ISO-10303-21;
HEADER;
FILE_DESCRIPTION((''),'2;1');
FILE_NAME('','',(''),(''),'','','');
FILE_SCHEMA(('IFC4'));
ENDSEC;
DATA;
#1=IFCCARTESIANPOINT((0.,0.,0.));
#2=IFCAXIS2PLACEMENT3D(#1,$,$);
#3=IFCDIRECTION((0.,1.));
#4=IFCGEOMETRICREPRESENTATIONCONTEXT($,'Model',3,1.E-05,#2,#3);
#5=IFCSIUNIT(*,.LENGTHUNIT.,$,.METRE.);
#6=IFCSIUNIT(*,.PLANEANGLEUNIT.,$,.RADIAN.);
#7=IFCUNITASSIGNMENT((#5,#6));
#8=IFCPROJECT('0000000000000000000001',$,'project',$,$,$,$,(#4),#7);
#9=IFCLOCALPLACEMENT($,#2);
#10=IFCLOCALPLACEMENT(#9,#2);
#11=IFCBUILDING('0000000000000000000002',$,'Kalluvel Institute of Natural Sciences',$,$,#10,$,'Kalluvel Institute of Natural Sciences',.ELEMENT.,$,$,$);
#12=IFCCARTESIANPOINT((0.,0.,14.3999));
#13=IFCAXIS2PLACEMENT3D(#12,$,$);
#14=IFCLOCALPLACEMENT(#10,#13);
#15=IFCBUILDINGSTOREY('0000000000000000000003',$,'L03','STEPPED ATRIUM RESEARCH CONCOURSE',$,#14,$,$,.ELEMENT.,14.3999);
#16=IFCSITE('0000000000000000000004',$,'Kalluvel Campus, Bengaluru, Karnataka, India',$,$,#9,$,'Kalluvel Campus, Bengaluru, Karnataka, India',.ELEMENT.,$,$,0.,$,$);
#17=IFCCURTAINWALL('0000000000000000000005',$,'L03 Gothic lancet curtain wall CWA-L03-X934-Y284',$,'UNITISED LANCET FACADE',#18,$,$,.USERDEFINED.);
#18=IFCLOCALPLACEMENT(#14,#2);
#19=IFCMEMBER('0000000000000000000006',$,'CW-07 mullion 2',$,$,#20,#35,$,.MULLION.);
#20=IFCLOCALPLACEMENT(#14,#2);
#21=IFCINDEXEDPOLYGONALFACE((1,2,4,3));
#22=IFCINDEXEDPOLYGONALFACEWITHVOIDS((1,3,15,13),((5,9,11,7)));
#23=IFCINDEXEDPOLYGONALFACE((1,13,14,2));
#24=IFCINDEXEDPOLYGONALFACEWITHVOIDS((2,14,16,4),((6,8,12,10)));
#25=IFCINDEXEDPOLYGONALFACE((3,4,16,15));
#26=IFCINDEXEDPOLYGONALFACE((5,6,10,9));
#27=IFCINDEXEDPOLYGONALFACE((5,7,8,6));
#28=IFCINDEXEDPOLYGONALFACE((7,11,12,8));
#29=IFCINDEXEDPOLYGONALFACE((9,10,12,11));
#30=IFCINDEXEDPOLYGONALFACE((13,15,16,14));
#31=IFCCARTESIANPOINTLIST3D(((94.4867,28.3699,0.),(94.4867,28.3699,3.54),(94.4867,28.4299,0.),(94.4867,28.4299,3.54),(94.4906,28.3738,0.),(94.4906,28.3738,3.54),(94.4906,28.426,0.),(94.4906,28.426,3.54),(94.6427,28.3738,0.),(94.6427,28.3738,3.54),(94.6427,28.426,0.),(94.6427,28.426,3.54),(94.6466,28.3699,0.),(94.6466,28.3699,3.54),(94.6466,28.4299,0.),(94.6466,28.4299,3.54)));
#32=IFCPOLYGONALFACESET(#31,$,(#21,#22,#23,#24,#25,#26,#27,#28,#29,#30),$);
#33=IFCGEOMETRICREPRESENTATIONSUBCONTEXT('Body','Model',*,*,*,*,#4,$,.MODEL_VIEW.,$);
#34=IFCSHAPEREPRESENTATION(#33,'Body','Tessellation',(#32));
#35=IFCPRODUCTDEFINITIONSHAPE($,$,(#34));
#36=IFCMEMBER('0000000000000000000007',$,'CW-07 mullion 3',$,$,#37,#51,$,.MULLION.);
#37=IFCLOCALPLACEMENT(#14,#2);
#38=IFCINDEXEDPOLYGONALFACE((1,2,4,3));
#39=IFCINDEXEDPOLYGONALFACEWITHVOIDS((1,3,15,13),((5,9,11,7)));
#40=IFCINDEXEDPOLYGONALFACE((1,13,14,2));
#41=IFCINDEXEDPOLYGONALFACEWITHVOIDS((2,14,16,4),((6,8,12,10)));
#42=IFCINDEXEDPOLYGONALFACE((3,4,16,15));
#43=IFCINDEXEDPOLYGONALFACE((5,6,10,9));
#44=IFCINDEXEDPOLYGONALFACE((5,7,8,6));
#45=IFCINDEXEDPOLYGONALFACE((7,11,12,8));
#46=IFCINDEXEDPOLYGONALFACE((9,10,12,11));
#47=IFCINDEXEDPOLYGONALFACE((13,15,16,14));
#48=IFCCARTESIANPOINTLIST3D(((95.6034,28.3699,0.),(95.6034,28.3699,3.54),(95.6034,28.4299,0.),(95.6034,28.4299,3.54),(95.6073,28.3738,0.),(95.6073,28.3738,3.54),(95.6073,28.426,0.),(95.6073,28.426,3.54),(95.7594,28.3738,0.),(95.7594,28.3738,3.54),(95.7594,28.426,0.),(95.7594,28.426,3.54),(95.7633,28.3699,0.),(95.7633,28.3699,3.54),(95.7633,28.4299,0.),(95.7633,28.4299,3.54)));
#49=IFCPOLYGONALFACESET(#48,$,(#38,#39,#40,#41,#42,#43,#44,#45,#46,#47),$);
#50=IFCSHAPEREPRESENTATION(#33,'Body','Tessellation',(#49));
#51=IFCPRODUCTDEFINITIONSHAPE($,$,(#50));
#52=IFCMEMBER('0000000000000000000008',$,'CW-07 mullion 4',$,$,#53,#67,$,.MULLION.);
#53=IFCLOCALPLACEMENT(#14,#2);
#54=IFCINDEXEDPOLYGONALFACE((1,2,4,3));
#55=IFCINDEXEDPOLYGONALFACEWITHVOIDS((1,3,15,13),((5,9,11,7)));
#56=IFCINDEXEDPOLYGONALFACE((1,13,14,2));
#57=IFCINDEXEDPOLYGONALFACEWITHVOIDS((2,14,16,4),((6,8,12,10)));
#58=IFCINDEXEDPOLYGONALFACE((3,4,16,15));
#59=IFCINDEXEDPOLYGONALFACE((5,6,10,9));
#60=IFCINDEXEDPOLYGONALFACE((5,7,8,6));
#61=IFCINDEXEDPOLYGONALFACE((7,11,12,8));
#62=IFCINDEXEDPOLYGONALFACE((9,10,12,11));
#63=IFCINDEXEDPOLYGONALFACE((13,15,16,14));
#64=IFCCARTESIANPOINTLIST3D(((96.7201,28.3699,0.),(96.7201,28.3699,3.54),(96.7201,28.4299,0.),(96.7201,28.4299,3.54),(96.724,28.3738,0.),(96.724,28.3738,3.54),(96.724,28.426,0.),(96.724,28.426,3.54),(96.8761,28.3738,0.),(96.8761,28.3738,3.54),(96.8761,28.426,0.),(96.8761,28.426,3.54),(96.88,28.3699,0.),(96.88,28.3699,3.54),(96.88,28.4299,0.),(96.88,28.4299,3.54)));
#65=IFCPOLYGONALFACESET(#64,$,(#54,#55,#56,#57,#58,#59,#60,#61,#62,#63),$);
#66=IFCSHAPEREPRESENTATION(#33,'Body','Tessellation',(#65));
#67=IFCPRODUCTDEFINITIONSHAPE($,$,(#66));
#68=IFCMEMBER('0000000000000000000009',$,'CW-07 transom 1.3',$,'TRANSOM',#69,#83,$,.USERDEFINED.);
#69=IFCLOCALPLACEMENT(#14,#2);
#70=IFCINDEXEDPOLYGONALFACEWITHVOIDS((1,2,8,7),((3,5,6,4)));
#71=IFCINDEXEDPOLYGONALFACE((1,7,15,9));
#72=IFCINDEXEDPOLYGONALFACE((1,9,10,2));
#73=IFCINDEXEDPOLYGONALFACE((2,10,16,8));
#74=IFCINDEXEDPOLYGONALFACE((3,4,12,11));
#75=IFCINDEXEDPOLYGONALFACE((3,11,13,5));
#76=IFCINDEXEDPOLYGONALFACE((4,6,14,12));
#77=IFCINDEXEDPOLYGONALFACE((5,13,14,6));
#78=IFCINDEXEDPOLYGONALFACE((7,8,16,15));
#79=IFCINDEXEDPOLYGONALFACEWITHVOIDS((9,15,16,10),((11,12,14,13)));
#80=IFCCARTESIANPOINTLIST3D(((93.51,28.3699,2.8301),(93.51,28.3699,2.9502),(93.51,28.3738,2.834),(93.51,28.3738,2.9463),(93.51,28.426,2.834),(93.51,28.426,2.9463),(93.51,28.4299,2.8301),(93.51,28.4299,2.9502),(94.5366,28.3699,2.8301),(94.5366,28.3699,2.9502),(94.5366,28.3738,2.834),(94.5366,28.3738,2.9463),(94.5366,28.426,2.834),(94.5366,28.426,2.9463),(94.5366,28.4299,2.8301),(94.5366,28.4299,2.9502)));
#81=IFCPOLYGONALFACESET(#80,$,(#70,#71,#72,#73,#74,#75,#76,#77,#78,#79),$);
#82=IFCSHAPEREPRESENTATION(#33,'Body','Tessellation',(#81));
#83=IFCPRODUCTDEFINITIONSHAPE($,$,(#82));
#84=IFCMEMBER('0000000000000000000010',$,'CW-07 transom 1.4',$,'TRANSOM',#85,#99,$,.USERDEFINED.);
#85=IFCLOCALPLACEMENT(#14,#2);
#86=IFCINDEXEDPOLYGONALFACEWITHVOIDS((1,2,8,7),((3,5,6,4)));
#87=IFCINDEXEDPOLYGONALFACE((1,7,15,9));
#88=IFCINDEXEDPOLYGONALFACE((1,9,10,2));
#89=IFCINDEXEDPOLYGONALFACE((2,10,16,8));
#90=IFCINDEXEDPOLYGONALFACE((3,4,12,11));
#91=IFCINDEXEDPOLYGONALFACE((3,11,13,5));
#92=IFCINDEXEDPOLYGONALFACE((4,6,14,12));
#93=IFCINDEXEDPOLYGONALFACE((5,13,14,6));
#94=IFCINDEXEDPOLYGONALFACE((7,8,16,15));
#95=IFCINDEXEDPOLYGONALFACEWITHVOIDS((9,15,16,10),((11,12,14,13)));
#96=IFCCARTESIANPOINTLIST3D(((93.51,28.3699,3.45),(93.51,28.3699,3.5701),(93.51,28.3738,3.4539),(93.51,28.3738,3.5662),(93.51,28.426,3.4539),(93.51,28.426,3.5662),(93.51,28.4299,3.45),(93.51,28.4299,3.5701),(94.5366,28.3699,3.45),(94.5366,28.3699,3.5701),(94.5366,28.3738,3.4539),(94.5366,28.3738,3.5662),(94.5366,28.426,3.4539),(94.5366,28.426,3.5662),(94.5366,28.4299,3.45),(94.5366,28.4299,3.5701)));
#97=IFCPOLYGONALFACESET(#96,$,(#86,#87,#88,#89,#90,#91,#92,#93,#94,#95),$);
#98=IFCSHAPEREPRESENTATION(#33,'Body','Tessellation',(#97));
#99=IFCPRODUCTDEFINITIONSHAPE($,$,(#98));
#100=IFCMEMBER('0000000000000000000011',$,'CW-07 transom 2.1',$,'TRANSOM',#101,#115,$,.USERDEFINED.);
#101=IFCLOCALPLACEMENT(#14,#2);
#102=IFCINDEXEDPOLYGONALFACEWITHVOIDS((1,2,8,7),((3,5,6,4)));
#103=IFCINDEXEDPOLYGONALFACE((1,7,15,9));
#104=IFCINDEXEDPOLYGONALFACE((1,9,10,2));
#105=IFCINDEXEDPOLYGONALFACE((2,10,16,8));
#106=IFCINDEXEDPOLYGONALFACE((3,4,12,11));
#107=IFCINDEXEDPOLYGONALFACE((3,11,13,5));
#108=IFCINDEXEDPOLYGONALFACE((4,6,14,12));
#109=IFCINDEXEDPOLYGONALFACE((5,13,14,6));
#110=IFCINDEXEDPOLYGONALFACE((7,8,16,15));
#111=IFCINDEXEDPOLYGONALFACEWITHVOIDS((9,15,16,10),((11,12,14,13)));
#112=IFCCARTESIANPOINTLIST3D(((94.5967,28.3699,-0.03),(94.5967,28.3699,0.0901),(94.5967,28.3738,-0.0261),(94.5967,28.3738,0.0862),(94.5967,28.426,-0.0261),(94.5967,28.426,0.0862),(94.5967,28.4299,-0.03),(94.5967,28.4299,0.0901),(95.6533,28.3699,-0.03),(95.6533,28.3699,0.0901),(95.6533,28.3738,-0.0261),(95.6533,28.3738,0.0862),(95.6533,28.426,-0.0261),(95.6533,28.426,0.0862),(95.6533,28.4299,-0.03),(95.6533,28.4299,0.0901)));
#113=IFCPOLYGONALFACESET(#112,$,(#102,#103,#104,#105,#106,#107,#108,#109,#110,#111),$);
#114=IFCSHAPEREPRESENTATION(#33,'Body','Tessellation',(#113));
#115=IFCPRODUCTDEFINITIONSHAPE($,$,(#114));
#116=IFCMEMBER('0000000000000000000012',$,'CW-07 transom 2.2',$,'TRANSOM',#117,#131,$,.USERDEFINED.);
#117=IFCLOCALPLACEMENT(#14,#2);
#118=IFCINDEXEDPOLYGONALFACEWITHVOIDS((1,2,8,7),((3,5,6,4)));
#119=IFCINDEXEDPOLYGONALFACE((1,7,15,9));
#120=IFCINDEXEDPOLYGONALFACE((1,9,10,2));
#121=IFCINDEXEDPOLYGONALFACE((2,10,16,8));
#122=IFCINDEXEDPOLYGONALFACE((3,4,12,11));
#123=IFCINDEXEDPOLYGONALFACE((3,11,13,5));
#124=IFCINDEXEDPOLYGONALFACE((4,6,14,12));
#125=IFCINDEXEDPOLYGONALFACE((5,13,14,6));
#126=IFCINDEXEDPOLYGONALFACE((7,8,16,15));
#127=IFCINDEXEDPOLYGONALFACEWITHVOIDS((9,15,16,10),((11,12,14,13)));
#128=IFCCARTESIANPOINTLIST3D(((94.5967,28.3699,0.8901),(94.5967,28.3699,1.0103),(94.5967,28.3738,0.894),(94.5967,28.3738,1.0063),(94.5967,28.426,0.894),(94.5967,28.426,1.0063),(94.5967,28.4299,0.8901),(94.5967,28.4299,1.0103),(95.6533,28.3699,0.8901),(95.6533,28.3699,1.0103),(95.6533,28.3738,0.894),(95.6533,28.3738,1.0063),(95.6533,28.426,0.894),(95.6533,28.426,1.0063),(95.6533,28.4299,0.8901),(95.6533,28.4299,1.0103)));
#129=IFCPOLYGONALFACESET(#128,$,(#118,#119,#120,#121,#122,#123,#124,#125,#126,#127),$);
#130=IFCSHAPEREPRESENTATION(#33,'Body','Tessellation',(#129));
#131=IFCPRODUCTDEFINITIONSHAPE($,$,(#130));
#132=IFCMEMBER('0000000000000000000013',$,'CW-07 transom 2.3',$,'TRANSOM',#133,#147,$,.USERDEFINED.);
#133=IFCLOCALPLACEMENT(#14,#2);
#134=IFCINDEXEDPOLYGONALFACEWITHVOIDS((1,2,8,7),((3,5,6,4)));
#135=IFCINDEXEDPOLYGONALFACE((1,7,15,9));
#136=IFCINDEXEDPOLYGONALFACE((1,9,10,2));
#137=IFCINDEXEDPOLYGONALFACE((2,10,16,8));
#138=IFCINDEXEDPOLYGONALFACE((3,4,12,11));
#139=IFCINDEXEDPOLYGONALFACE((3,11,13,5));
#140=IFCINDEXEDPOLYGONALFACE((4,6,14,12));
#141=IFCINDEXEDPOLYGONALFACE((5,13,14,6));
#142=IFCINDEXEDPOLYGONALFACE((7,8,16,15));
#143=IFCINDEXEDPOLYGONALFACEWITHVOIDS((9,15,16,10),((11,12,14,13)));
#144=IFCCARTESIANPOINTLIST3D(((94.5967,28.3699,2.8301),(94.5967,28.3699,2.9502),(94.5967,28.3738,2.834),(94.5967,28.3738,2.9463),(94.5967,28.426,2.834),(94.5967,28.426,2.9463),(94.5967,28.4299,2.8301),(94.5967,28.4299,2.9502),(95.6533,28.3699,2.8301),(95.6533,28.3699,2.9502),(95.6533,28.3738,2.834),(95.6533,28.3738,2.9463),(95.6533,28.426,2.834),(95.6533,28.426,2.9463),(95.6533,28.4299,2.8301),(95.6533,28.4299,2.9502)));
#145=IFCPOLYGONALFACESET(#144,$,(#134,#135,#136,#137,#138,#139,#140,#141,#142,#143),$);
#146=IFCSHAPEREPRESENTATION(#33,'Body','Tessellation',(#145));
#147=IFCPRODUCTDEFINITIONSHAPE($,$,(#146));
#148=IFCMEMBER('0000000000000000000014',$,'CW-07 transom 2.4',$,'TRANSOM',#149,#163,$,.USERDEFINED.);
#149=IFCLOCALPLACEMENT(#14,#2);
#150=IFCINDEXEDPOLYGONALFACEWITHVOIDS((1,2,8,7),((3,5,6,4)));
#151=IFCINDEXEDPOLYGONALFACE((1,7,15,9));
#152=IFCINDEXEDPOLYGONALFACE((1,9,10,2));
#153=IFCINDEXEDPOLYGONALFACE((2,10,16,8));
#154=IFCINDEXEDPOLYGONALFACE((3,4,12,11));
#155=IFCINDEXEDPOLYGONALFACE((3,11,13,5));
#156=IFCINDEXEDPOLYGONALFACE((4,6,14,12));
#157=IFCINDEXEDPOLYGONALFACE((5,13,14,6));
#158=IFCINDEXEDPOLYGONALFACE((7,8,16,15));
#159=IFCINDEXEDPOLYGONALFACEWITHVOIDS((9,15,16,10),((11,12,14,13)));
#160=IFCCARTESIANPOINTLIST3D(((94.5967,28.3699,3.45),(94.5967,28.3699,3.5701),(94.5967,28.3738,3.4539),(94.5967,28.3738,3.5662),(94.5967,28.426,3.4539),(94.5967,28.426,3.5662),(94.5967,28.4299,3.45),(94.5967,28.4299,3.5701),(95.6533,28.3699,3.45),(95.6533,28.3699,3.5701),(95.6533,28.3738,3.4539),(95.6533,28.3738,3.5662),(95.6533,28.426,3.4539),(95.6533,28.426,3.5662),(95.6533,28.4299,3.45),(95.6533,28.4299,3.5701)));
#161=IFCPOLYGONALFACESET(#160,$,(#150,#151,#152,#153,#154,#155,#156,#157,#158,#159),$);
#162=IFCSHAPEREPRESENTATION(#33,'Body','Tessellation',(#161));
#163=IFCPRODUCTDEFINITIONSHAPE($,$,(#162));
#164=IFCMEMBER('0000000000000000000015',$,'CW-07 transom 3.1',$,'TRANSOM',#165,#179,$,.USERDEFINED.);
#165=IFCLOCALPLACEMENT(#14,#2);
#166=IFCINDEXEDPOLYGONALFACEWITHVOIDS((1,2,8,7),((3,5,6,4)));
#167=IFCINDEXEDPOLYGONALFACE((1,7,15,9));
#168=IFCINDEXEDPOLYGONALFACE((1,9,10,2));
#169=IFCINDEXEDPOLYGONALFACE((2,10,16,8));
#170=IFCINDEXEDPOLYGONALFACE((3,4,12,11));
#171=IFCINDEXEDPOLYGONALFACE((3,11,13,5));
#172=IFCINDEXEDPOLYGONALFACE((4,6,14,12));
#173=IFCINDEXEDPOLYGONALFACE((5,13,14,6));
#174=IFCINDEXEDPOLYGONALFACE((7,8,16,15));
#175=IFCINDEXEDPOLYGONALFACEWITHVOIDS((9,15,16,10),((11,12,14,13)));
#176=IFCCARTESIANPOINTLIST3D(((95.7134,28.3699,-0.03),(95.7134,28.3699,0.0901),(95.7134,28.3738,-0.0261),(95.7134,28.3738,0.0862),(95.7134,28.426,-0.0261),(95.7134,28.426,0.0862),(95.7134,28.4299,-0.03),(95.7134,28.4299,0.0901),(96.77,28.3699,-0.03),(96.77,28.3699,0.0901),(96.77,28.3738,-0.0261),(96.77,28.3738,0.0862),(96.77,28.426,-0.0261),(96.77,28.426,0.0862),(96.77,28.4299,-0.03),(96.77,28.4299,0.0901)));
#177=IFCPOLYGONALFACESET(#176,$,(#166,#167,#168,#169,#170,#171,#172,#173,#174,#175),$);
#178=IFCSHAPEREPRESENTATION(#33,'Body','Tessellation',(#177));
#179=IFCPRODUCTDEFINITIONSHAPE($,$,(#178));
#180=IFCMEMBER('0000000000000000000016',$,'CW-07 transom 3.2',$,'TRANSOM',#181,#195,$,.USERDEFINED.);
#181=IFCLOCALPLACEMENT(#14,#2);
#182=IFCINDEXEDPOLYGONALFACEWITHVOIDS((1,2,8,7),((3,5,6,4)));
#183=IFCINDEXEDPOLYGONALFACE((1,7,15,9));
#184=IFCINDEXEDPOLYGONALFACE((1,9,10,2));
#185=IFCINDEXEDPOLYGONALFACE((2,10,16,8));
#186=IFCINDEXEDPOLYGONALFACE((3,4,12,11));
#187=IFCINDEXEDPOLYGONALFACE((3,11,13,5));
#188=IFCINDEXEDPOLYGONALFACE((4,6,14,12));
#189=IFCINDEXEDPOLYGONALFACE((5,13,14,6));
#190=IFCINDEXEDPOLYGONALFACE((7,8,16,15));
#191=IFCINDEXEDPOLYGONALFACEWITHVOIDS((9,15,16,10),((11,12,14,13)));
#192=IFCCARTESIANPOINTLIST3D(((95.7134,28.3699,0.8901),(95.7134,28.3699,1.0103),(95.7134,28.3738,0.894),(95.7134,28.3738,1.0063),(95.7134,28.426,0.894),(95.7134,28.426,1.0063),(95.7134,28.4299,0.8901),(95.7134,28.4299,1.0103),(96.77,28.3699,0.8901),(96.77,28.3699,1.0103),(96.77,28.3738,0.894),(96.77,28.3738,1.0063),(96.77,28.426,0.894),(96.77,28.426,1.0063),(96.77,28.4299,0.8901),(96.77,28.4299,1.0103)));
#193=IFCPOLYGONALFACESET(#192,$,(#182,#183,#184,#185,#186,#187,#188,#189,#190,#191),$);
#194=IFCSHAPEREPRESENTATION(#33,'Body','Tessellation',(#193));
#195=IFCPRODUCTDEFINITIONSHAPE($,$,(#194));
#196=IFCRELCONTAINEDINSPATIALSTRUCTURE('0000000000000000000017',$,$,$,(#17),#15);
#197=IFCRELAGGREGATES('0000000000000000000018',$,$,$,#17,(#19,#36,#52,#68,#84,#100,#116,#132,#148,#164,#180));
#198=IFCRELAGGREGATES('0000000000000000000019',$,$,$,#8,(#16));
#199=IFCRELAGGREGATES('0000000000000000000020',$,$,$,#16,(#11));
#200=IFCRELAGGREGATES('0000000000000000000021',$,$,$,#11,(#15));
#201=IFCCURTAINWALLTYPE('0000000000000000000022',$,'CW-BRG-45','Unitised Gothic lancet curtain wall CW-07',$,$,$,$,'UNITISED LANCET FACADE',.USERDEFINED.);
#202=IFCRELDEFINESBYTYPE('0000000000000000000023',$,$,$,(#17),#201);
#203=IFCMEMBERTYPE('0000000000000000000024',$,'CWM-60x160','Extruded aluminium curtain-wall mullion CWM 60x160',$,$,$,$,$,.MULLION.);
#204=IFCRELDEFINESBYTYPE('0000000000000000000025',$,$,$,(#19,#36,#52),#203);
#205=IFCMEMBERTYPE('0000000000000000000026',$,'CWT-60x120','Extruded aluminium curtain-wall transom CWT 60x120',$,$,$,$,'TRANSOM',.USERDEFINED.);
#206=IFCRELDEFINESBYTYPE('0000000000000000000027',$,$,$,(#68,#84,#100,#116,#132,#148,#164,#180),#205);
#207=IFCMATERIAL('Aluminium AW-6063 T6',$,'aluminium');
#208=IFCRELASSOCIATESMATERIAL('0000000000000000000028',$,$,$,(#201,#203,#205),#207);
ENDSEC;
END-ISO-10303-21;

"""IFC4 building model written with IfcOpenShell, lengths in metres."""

from ifc_helpers import new_model, si_unit, direction, frame, origin, origin_2d, place, context, subcontext, project, spatial, hollow_rectangle, extrude, material, material_profile, profile_set, type_object, element, aggregate, save


model = new_model("IFC4")

# Units and contexts
model_context = context("Model", 3, precision=1e-05, world=origin(), true_north=direction((0.0, 1.0)))
body_context = subcontext(model_context, "Body", "Model", "MODEL_VIEW")
ifc_project = project(units=[si_unit("LENGTHUNIT", "METRE"), si_unit("PLANEANGLEUNIT", "RADIAN")], contexts=[model_context])

# Site, building, storey
site_placement = place(None, origin())
site = spatial("IfcSite", under=ifc_project, at=site_placement, Name="Kalluvel Campus, Bengaluru, Karnataka, India", LongName="Kalluvel Campus, Bengaluru, Karnataka, India", CompositionType="ELEMENT", RefElevation=0.0)
building_placement = place(site_placement, origin())
building = spatial("IfcBuilding", under=site, at=building_placement, Name="Kalluvel Institute of Natural Sciences", LongName="Kalluvel Institute of Natural Sciences", CompositionType="ELEMENT")
storey_placement = place(building_placement, frame((0.0, 0.0, 14.3999)))
storey = spatial("IfcBuildingStorey", under=building, at=storey_placement, Name="L03", Description="STEPPED ATRIUM RESEARCH CONCOURSE", CompositionType="ELEMENT", Elevation=14.3999)

# Curtain wall, members
ifc_material_1 = material(Name="Aluminium AW-6063 T6", Category="aluminium")
curtain_wall_type = type_object("IfcCurtainWallType", Name="CW-BRG-45", Description="Unitised Gothic lancet curtain wall CW-07", ElementType="UNITISED LANCET FACADE", PredefinedType="USERDEFINED", material=ifc_material_1)
curtain_wall_placement = place(storey_placement, origin())
curtain_wall = element("IfcCurtainWall", 1, at=curtain_wall_placement, inside=storey, type_object=curtain_wall_type, Name="L03 Gothic lancet curtain wall CWA-L03-X934-Y284", ObjectType="UNITISED LANCET FACADE", PredefinedType="USERDEFINED")
ifc_material_profile_1 = material_profile(ifc_material_1, hollow_rectangle(XDim=0.0601, YDim=0.1599, WallThickness=0.0039, at=origin_2d()), Name="CWM 60x160")
ifc_profile_set_1 = profile_set([ifc_material_profile_1], Name="Aluminium AW-6063 T6")
member_type_1 = type_object("IfcMemberType", Name="CWM-60x160", Description="Extruded aluminium curtain-wall mullion CWM 60x160", PredefinedType="MULLION", material=ifc_profile_set_1)
member_1_placement = place(storey_placement, frame((94.5667, 28.3999, 0.0), z_axis=(0.0, 0.0, 1.0), x_axis=(0.0, 1.0, 0.0)))
member_1 = element("IfcMember", 2, at=member_1_placement, type_object=member_type_1, Name="CW-07 mullion 2", PredefinedType="MULLION", context=body_context, shape_type="SweptSolid", body=[
    extrude(hollow_rectangle(XDim=0.0601, YDim=0.1599, WallThickness=0.0039, at=origin_2d()), origin(), (0.0, 0.0, 1.0), 3.54),
])
member_2_placement = place(storey_placement, frame((95.6833, 28.3999, 0.0), z_axis=(0.0, 0.0, 1.0), x_axis=(0.0, 1.0, 0.0)))
member_2 = element("IfcMember", 3, at=member_2_placement, type_object=member_type_1, Name="CW-07 mullion 3", PredefinedType="MULLION", context=body_context, shape_type="SweptSolid", body=[
    extrude(hollow_rectangle(XDim=0.0601, YDim=0.1599, WallThickness=0.0039, at=origin_2d()), origin(), (0.0, 0.0, 1.0), 3.54),
])
member_3_placement = place(storey_placement, frame((96.8, 28.3999, 0.0), z_axis=(0.0, 0.0, 1.0), x_axis=(0.0, 1.0, 0.0)))
member_3 = element("IfcMember", 4, at=member_3_placement, type_object=member_type_1, Name="CW-07 mullion 4", PredefinedType="MULLION", context=body_context, shape_type="SweptSolid", body=[
    extrude(hollow_rectangle(XDim=0.0601, YDim=0.1599, WallThickness=0.0039, at=origin_2d()), origin(), (0.0, 0.0, 1.0), 3.54),
])
ifc_material_profile_2 = material_profile(ifc_material_1, hollow_rectangle(XDim=0.0601, YDim=0.1201, WallThickness=0.0039, at=origin_2d()), Name="CWT 60x120")
ifc_profile_set_2 = profile_set([ifc_material_profile_2], Name="Aluminium AW-6063 T6")
member_type_2 = type_object("IfcMemberType", Name="CWT-60x120", Description="Extruded aluminium curtain-wall transom CWT 60x120", ElementType="TRANSOM", PredefinedType="USERDEFINED", material=ifc_profile_set_2)
member_4_placement = place(storey_placement, frame((93.51, 28.3999, 2.8901), z_axis=(1.0, 0.0, 0.0), x_axis=(0.0, 1.0, 0.0)))
member_4 = element("IfcMember", 5, at=member_4_placement, type_object=member_type_2, Name="CW-07 transom 1.3", ObjectType="TRANSOM", PredefinedType="USERDEFINED", context=body_context, shape_type="SweptSolid", body=[
    extrude(hollow_rectangle(XDim=0.0601, YDim=0.1201, WallThickness=0.0039, at=origin_2d()), origin(), (0.0, 0.0, 1.0), 1.0266),
])
member_5_placement = place(storey_placement, frame((93.51, 28.3999, 3.51), z_axis=(1.0, 0.0, 0.0), x_axis=(0.0, 1.0, 0.0)))
member_5 = element("IfcMember", 6, at=member_5_placement, type_object=member_type_2, Name="CW-07 transom 1.4", ObjectType="TRANSOM", PredefinedType="USERDEFINED", context=body_context, shape_type="SweptSolid", body=[
    extrude(hollow_rectangle(XDim=0.0601, YDim=0.1201, WallThickness=0.0039, at=origin_2d()), origin(), (0.0, 0.0, 1.0), 1.0266),
])
member_6_placement = place(storey_placement, frame((94.5967, 28.3999, 0.03), z_axis=(1.0, 0.0, 0.0), x_axis=(0.0, 1.0, 0.0)))
member_6 = element("IfcMember", 7, at=member_6_placement, type_object=member_type_2, Name="CW-07 transom 2.1", ObjectType="TRANSOM", PredefinedType="USERDEFINED", context=body_context, shape_type="SweptSolid", body=[
    extrude(hollow_rectangle(XDim=0.0601, YDim=0.1201, WallThickness=0.0039, at=origin_2d()), origin(), (0.0, 0.0, 1.0), 1.0566),
])
member_7_placement = place(storey_placement, frame((94.5967, 28.3999, 0.9502), z_axis=(1.0, 0.0, 0.0), x_axis=(0.0, 1.0, 0.0)))
member_7 = element("IfcMember", 8, at=member_7_placement, type_object=member_type_2, Name="CW-07 transom 2.2", ObjectType="TRANSOM", PredefinedType="USERDEFINED", context=body_context, shape_type="SweptSolid", body=[
    extrude(hollow_rectangle(XDim=0.0601, YDim=0.1201, WallThickness=0.0039, at=origin_2d()), origin(), (0.0, 0.0, 1.0), 1.0566),
])
member_8_placement = place(storey_placement, frame((94.5967, 28.3999, 2.8901), z_axis=(1.0, 0.0, 0.0), x_axis=(0.0, 1.0, 0.0)))
member_8 = element("IfcMember", 9, at=member_8_placement, type_object=member_type_2, Name="CW-07 transom 2.3", ObjectType="TRANSOM", PredefinedType="USERDEFINED", context=body_context, shape_type="SweptSolid", body=[
    extrude(hollow_rectangle(XDim=0.0601, YDim=0.1201, WallThickness=0.0039, at=origin_2d()), origin(), (0.0, 0.0, 1.0), 1.0566),
])
member_9_placement = place(storey_placement, frame((94.5967, 28.3999, 3.51), z_axis=(1.0, 0.0, 0.0), x_axis=(0.0, 1.0, 0.0)))
member_9 = element("IfcMember", 10, at=member_9_placement, type_object=member_type_2, Name="CW-07 transom 2.4", ObjectType="TRANSOM", PredefinedType="USERDEFINED", context=body_context, shape_type="SweptSolid", body=[
    extrude(hollow_rectangle(XDim=0.0601, YDim=0.1201, WallThickness=0.0039, at=origin_2d()), origin(), (0.0, 0.0, 1.0), 1.0566),
])
member_10_placement = place(storey_placement, frame((95.7134, 28.3999, 0.03), z_axis=(1.0, 0.0, 0.0), x_axis=(0.0, 1.0, 0.0)))
member_10 = element("IfcMember", 11, at=member_10_placement, type_object=member_type_2, Name="CW-07 transom 3.1", ObjectType="TRANSOM", PredefinedType="USERDEFINED", context=body_context, shape_type="SweptSolid", body=[
    extrude(hollow_rectangle(XDim=0.0601, YDim=0.1201, WallThickness=0.0039, at=origin_2d()), origin(), (0.0, 0.0, 1.0), 1.0566),
])
member_11_placement = place(storey_placement, frame((95.7134, 28.3999, 0.9502), z_axis=(1.0, 0.0, 0.0), x_axis=(0.0, 1.0, 0.0)))
member_11 = element("IfcMember", 12, at=member_11_placement, type_object=member_type_2, Name="CW-07 transom 3.2", ObjectType="TRANSOM", PredefinedType="USERDEFINED", context=body_context, shape_type="SweptSolid", body=[
    extrude(hollow_rectangle(XDim=0.0601, YDim=0.1201, WallThickness=0.0039, at=origin_2d()), origin(), (0.0, 0.0, 1.0), 1.0566),
])
aggregate(curtain_wall, [member_1, member_2, member_3, member_4, member_5, member_6, member_7, member_8, member_9, member_10, member_11])

save(model, "model.ifc")
